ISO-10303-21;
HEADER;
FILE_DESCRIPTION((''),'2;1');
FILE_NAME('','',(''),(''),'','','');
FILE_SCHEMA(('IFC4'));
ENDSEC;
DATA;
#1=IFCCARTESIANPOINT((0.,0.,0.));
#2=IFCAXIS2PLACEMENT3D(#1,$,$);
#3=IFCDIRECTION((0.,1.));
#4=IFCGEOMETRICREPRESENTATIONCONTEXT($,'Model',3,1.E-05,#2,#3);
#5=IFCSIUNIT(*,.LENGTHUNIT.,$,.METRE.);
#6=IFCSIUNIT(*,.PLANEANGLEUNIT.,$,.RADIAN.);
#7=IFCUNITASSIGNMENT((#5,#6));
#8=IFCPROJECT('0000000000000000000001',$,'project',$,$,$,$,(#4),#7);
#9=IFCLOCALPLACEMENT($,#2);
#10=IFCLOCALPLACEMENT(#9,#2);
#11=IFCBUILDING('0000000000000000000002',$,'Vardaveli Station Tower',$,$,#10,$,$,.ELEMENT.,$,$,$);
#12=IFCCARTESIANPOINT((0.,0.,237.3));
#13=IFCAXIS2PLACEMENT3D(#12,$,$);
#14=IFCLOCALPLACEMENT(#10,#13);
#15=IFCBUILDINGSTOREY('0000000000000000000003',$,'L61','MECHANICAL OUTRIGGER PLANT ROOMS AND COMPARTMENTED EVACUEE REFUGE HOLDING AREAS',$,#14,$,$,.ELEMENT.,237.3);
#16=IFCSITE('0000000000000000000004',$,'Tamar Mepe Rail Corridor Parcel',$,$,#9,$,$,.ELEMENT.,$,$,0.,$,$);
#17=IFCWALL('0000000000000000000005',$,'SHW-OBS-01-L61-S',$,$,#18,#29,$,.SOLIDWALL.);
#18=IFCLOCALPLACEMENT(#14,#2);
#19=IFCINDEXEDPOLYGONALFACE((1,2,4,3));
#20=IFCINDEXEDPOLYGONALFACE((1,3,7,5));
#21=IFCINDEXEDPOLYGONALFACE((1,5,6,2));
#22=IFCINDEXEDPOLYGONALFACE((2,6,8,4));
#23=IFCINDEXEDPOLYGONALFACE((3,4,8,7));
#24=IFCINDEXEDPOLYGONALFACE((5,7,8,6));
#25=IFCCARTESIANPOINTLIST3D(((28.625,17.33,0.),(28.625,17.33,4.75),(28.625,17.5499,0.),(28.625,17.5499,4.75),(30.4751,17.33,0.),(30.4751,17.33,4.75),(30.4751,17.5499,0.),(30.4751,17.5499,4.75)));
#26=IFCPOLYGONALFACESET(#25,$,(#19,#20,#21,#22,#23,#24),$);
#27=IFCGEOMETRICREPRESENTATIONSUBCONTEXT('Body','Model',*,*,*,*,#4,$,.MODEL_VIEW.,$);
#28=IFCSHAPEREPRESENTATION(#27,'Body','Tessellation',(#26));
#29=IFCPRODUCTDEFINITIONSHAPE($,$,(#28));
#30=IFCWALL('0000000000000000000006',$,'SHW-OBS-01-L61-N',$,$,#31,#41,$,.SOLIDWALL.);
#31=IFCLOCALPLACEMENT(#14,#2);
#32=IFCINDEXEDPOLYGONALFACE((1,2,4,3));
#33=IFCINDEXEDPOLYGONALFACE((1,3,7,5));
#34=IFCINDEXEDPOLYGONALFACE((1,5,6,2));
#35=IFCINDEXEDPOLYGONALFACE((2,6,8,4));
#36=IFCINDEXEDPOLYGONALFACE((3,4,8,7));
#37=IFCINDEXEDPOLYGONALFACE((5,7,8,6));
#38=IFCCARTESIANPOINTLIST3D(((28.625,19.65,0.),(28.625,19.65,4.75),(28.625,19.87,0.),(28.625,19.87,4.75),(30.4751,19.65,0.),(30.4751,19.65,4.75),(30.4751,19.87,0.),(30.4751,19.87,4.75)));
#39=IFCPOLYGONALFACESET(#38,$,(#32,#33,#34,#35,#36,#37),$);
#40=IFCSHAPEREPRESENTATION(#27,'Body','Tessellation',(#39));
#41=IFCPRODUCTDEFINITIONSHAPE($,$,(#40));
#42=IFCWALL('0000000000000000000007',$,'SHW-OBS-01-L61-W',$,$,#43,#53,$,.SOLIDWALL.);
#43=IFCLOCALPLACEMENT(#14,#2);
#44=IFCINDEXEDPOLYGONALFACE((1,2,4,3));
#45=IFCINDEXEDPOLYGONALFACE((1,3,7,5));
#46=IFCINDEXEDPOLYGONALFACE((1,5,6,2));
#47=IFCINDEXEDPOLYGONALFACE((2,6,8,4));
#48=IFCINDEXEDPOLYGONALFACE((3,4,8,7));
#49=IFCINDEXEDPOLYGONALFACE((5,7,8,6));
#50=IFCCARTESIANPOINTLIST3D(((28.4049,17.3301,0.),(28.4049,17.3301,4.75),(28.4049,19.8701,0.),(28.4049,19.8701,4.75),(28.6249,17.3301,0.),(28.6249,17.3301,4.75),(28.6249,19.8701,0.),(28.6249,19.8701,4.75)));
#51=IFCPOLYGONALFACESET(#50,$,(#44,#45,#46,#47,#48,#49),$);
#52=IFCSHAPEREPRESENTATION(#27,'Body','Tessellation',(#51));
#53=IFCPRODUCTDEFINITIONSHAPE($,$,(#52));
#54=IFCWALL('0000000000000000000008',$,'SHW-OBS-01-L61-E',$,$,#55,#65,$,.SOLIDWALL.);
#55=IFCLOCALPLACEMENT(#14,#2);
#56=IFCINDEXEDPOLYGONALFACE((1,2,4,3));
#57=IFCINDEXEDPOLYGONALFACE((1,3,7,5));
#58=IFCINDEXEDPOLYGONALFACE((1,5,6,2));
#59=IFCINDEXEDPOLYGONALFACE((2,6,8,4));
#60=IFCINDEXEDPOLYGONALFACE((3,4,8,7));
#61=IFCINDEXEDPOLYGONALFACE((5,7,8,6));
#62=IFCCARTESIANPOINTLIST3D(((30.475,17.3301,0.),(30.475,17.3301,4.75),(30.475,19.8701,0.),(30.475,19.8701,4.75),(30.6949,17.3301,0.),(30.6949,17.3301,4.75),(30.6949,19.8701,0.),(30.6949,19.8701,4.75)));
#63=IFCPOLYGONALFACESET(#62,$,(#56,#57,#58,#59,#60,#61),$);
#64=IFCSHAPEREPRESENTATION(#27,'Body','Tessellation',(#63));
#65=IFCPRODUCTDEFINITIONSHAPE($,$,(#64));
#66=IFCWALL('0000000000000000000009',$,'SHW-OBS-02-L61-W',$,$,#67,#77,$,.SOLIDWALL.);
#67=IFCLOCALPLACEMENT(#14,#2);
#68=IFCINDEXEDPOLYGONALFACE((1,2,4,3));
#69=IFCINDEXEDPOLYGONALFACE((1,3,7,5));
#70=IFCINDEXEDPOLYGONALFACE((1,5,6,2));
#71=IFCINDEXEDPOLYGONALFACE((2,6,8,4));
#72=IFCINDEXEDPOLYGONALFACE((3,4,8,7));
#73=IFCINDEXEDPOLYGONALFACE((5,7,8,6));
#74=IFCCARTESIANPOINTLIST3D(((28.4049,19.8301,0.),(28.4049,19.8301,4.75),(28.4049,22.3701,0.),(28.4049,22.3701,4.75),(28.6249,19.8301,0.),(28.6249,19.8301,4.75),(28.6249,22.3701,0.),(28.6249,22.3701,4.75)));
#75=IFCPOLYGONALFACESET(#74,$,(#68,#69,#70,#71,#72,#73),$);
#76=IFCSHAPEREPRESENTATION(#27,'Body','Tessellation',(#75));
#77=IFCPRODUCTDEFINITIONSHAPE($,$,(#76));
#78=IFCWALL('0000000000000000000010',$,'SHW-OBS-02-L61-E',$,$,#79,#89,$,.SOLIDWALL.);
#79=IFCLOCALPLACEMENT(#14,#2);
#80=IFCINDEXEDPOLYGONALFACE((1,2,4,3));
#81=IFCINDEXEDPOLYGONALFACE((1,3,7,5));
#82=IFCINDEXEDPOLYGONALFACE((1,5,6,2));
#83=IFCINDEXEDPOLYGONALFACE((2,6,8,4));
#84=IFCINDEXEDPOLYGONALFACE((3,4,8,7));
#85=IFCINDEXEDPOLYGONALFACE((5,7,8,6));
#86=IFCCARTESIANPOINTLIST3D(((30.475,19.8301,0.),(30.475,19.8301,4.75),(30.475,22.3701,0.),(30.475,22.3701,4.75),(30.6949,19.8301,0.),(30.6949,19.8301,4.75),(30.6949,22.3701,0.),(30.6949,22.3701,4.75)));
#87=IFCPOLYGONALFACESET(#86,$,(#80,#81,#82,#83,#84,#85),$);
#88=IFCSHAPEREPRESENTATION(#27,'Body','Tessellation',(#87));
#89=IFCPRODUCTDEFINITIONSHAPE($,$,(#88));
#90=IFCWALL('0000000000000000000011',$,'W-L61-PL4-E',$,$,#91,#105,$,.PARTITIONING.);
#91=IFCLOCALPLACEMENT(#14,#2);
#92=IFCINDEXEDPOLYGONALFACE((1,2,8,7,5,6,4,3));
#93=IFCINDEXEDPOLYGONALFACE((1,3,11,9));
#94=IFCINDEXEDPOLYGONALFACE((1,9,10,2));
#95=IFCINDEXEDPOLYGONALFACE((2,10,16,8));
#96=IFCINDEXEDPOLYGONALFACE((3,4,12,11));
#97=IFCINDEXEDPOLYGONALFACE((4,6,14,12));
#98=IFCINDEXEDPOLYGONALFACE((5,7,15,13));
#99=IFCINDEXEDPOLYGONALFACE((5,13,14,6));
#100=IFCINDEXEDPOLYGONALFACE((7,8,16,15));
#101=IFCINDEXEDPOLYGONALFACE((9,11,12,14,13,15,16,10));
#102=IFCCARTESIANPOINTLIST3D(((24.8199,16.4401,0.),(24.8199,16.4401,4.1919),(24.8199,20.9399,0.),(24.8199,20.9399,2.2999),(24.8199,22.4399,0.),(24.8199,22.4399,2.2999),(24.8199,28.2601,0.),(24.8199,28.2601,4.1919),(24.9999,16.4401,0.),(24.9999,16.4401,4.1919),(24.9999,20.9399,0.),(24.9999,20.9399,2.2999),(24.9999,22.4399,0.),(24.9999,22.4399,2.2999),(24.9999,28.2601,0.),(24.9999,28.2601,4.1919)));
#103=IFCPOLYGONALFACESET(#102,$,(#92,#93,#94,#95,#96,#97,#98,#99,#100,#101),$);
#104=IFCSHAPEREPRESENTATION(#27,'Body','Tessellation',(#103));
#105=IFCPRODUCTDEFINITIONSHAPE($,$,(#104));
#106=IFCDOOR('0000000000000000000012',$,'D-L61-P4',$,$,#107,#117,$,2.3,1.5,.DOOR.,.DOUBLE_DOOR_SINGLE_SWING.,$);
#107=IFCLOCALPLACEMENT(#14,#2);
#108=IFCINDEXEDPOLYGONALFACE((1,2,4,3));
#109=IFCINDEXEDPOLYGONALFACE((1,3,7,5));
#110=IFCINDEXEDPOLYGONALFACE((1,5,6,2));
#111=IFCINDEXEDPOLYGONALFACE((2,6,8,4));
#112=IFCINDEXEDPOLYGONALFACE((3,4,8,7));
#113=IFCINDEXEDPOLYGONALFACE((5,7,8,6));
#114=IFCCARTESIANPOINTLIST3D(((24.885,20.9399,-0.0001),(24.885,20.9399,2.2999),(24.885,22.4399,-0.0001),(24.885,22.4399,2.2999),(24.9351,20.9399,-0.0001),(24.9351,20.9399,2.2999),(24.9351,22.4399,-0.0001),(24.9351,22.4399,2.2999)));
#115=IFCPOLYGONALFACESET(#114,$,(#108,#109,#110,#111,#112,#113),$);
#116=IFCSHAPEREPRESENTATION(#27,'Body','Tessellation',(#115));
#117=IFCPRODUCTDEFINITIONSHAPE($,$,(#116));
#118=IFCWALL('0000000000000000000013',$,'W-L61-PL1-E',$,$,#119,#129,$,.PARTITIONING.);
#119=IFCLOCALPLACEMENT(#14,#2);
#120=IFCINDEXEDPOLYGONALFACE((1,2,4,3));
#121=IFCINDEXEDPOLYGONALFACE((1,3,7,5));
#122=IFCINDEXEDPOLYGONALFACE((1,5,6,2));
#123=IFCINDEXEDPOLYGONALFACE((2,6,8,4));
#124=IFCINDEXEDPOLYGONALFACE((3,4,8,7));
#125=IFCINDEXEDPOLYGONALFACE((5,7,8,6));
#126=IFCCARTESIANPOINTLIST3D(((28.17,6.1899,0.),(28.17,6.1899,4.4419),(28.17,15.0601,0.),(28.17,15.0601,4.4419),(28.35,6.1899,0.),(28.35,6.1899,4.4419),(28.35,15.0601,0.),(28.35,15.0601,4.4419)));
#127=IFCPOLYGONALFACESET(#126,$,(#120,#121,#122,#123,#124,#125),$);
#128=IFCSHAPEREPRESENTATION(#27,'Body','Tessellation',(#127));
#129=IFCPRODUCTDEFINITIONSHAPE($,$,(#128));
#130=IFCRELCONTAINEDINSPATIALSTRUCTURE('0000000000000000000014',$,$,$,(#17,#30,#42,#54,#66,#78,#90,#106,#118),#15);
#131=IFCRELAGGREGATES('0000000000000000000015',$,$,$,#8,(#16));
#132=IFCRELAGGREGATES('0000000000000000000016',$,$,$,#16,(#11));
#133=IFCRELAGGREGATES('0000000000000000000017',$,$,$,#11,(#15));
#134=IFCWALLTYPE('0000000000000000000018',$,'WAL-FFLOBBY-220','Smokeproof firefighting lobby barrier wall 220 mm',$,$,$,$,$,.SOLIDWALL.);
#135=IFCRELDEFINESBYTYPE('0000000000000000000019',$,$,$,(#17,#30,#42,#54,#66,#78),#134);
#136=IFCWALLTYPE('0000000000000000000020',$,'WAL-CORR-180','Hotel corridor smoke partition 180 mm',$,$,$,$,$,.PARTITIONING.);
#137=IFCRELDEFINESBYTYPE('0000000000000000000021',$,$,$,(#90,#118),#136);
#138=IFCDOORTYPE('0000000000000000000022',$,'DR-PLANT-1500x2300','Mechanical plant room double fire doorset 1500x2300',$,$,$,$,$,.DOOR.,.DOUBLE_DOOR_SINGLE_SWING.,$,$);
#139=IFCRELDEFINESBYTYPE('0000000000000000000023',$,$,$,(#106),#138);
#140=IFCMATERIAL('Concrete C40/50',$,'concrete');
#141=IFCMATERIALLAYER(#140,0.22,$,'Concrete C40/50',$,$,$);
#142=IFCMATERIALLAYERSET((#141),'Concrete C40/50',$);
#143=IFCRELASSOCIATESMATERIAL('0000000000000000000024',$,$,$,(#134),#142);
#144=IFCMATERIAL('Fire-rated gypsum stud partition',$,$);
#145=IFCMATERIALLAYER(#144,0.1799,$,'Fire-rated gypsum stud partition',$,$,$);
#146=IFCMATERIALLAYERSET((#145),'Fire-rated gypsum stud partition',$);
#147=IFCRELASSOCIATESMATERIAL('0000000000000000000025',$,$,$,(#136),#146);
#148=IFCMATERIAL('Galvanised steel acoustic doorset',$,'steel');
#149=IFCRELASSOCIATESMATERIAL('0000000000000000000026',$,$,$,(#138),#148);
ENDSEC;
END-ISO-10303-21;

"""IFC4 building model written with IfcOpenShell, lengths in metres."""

from ifc_helpers import new_model, si_unit, direction, frame, frame_2d, origin, place, context, subcontext, project, spatial, rectangle, extrude, source, transform, mapped, material, layer, layer_set, type_object, element, fill, save


model = new_model("IFC4")

# Units and contexts
model_context = context("Model", 3, precision=1e-05, world=origin(), true_north=direction((0.0, 1.0)))
body_context = subcontext(model_context, "Body", "Model", "MODEL_VIEW")
ifc_project = project(units=[si_unit("LENGTHUNIT", "METRE"), si_unit("PLANEANGLEUNIT", "RADIAN")], contexts=[model_context])

# Site, building, storey
site_placement = place(None, origin())
site = spatial("IfcSite", under=ifc_project, at=site_placement, Name="Tamar Mepe Rail Corridor Parcel", CompositionType="ELEMENT", RefElevation=0.0)
building_placement = place(site_placement, origin())
building = spatial("IfcBuilding", under=site, at=building_placement, Name="Vardaveli Station Tower", CompositionType="ELEMENT")
storey_placement = place(building_placement, frame((0.0, 0.0, 237.3)))
storey = spatial("IfcBuildingStorey", under=building, at=storey_placement, Name="L61", Description="MECHANICAL OUTRIGGER PLANT ROOMS AND COMPARTMENTED EVACUEE REFUGE HOLDING AREAS", CompositionType="ELEMENT", Elevation=237.3)

# Walls
ifc_material_1 = material(Name="Concrete C40/50", Category="concrete")
ifc_layer_1 = layer(ifc_material_1, 0.22, Name="Concrete C40/50")
ifc_layer_set_1 = layer_set([ifc_layer_1], Name="Concrete C40/50")
wall_type_1 = type_object("IfcWallType", Name="WAL-FFLOBBY-220", Description="Smokeproof firefighting lobby barrier wall 220 mm", PredefinedType="SOLIDWALL", material=ifc_layer_set_1)
shared_shape_1 = source(origin(), body_context, "Body", "SweptSolid", [
    extrude(rectangle(XDim=1.8501, YDim=0.22, at=frame_2d((0.925, 0.0))), origin(), (0.0, 0.0, 1.0), 4.75),
])
for number, where, z_axis, x_axis, name in (
    (1, (28.625, 17.4399, 0.0), (0.0, 0.0, 1.0), (1.0, 0.0, 0.0), "SHW-OBS-01-L61-S"),
    (2, (28.625, 19.76, 0.0), (0.0, 0.0, 1.0), (1.0, 0.0, 0.0), "SHW-OBS-01-L61-N"),
):
    element("IfcWall", number, at=place(storey_placement, frame(where, z_axis=z_axis, x_axis=x_axis)), inside=storey, type_object=wall_type_1, Name=name, PredefinedType="SOLIDWALL", context=body_context, shape_type="MappedRepresentation", body=[
        mapped(shared_shape_1, transform((0.0, 0.0, 0.0), scale=1.0)),
    ])
shared_shape_2 = source(origin(), body_context, "Body", "SweptSolid", [
    extrude(rectangle(XDim=2.54, YDim=0.22, at=frame_2d((1.27, 0.0))), origin(), (0.0, 0.0, 1.0), 4.75),
])
for number, where, z_axis, x_axis, name in (
    (3, (28.5149, 17.3301, 0.0), (0.0, 0.0, 1.0), (0.0, 1.0, 0.0), "SHW-OBS-01-L61-W"),
    (4, (30.585, 17.3301, 0.0), (0.0, 0.0, 1.0), (0.0, 1.0, 0.0), "SHW-OBS-01-L61-E"),
    (5, (28.5149, 19.8301, 0.0), (0.0, 0.0, 1.0), (0.0, 1.0, 0.0), "SHW-OBS-02-L61-W"),
    (6, (30.585, 19.8301, 0.0), (0.0, 0.0, 1.0), (0.0, 1.0, 0.0), "SHW-OBS-02-L61-E"),
):
    element("IfcWall", number, at=place(storey_placement, frame(where, z_axis=z_axis, x_axis=x_axis)), inside=storey, type_object=wall_type_1, Name=name, PredefinedType="SOLIDWALL", context=body_context, shape_type="MappedRepresentation", body=[
        mapped(shared_shape_2, transform((0.0, 0.0, 0.0), scale=1.0)),
    ])

# Wall, opening, door
ifc_material_2 = material(Name="Fire-rated gypsum stud partition")
ifc_layer_2 = layer(ifc_material_2, 0.1799, Name="Fire-rated gypsum stud partition")
ifc_layer_set_2 = layer_set([ifc_layer_2], Name="Fire-rated gypsum stud partition")
wall_type_2 = type_object("IfcWallType", Name="WAL-CORR-180", Description="Hotel corridor smoke partition 180 mm", PredefinedType="PARTITIONING", material=ifc_layer_set_2)
shared_shape_3 = source(origin(), body_context, "Body", "SweptSolid", [
    extrude(rectangle(XDim=11.8201, YDim=0.1799, at=frame_2d((5.9102, 0.0))), origin(), (0.0, 0.0, 1.0), 4.1919),
])
wall_1_placement = place(storey_placement, frame((24.9099, 16.4399, 0.0), z_axis=(0.0, 0.0, 1.0), x_axis=(0.0, 1.0, 0.0)))
wall_1 = element("IfcWall", 7, at=wall_1_placement, inside=storey, type_object=wall_type_2, Name="W-L61-PL4-E", PredefinedType="PARTITIONING", context=body_context, shape_type="MappedRepresentation", body=[
    mapped(shared_shape_3, transform((0.0, 0.0, 0.0), scale=1.0)),
])
shared_shape_4 = source(origin(), body_context, "Body", "SweptSolid", [
    extrude(rectangle(XDim=1.5, YDim=2.3, at=frame_2d((0.75, 1.1499))), frame((0.0, 0.1001, 0.0), z_axis=(0.0, -1.0, 0.0), x_axis=(1.0, 0.0, 0.0)), (0.0, 0.0, 1.0), 0.2),
])
opening_placement = place(wall_1_placement, frame((4.5, 0.0, 0.0)))
opening = element("IfcOpeningElement", 8, at=opening_placement, cuts=wall_1, PredefinedType="OPENING", context=body_context, shape_type="MappedRepresentation", body=[
    mapped(shared_shape_4, transform((0.0, 0.0, 0.0), scale=1.0)),
])
ifc_material_3 = material(Name="Galvanised steel acoustic doorset", Category="steel")
door_type = type_object("IfcDoorType", Name="DR-PLANT-1500x2300", Description="Mechanical plant room double fire doorset 1500x2300", OperationType="DOUBLE_DOOR_SINGLE_SWING", PredefinedType="DOOR", material=ifc_material_3)
shared_shape_5 = source(origin(), body_context, "Body", "SweptSolid", [
    extrude(rectangle(XDim=1.5, YDim=2.3, at=frame_2d((0.75, 1.1499))), frame((0.0, 0.0249, 0.0), z_axis=(0.0, -1.0, 0.0), x_axis=(1.0, 0.0, 0.0)), (0.0, 0.0, 1.0), 0.05),
])
door_placement = place(opening_placement, origin())
door = element("IfcDoor", 9, at=door_placement, inside=storey, type_object=door_type, Name="D-L61-P4", OperationType="DOUBLE_DOOR_SINGLE_SWING", OverallHeight=2.3, OverallWidth=1.5, PredefinedType="DOOR", context=body_context, shape_type="MappedRepresentation", body=[
    mapped(shared_shape_5, transform((0.0, 0.0, 0.0), scale=1.0)),
])
fill(opening, door)

# Wall
shared_shape_6 = source(origin(), body_context, "Body", "SweptSolid", [
    extrude(rectangle(XDim=8.8701, YDim=0.1799, at=frame_2d((4.4351, 0.0))), origin(), (0.0, 0.0, 1.0), 4.4419),
])
wall_2_placement = place(storey_placement, frame((28.26, 6.1899, 0.0), z_axis=(0.0, 0.0, 1.0), x_axis=(0.0, 1.0, 0.0)))
element("IfcWall", 10, at=wall_2_placement, inside=storey, type_object=wall_type_2, Name="W-L61-PL1-E", PredefinedType="PARTITIONING", context=body_context, shape_type="MappedRepresentation", body=[
    mapped(shared_shape_6, transform((0.0, 0.0, 0.0), scale=1.0)),
])

save(model, "model.ifc")
